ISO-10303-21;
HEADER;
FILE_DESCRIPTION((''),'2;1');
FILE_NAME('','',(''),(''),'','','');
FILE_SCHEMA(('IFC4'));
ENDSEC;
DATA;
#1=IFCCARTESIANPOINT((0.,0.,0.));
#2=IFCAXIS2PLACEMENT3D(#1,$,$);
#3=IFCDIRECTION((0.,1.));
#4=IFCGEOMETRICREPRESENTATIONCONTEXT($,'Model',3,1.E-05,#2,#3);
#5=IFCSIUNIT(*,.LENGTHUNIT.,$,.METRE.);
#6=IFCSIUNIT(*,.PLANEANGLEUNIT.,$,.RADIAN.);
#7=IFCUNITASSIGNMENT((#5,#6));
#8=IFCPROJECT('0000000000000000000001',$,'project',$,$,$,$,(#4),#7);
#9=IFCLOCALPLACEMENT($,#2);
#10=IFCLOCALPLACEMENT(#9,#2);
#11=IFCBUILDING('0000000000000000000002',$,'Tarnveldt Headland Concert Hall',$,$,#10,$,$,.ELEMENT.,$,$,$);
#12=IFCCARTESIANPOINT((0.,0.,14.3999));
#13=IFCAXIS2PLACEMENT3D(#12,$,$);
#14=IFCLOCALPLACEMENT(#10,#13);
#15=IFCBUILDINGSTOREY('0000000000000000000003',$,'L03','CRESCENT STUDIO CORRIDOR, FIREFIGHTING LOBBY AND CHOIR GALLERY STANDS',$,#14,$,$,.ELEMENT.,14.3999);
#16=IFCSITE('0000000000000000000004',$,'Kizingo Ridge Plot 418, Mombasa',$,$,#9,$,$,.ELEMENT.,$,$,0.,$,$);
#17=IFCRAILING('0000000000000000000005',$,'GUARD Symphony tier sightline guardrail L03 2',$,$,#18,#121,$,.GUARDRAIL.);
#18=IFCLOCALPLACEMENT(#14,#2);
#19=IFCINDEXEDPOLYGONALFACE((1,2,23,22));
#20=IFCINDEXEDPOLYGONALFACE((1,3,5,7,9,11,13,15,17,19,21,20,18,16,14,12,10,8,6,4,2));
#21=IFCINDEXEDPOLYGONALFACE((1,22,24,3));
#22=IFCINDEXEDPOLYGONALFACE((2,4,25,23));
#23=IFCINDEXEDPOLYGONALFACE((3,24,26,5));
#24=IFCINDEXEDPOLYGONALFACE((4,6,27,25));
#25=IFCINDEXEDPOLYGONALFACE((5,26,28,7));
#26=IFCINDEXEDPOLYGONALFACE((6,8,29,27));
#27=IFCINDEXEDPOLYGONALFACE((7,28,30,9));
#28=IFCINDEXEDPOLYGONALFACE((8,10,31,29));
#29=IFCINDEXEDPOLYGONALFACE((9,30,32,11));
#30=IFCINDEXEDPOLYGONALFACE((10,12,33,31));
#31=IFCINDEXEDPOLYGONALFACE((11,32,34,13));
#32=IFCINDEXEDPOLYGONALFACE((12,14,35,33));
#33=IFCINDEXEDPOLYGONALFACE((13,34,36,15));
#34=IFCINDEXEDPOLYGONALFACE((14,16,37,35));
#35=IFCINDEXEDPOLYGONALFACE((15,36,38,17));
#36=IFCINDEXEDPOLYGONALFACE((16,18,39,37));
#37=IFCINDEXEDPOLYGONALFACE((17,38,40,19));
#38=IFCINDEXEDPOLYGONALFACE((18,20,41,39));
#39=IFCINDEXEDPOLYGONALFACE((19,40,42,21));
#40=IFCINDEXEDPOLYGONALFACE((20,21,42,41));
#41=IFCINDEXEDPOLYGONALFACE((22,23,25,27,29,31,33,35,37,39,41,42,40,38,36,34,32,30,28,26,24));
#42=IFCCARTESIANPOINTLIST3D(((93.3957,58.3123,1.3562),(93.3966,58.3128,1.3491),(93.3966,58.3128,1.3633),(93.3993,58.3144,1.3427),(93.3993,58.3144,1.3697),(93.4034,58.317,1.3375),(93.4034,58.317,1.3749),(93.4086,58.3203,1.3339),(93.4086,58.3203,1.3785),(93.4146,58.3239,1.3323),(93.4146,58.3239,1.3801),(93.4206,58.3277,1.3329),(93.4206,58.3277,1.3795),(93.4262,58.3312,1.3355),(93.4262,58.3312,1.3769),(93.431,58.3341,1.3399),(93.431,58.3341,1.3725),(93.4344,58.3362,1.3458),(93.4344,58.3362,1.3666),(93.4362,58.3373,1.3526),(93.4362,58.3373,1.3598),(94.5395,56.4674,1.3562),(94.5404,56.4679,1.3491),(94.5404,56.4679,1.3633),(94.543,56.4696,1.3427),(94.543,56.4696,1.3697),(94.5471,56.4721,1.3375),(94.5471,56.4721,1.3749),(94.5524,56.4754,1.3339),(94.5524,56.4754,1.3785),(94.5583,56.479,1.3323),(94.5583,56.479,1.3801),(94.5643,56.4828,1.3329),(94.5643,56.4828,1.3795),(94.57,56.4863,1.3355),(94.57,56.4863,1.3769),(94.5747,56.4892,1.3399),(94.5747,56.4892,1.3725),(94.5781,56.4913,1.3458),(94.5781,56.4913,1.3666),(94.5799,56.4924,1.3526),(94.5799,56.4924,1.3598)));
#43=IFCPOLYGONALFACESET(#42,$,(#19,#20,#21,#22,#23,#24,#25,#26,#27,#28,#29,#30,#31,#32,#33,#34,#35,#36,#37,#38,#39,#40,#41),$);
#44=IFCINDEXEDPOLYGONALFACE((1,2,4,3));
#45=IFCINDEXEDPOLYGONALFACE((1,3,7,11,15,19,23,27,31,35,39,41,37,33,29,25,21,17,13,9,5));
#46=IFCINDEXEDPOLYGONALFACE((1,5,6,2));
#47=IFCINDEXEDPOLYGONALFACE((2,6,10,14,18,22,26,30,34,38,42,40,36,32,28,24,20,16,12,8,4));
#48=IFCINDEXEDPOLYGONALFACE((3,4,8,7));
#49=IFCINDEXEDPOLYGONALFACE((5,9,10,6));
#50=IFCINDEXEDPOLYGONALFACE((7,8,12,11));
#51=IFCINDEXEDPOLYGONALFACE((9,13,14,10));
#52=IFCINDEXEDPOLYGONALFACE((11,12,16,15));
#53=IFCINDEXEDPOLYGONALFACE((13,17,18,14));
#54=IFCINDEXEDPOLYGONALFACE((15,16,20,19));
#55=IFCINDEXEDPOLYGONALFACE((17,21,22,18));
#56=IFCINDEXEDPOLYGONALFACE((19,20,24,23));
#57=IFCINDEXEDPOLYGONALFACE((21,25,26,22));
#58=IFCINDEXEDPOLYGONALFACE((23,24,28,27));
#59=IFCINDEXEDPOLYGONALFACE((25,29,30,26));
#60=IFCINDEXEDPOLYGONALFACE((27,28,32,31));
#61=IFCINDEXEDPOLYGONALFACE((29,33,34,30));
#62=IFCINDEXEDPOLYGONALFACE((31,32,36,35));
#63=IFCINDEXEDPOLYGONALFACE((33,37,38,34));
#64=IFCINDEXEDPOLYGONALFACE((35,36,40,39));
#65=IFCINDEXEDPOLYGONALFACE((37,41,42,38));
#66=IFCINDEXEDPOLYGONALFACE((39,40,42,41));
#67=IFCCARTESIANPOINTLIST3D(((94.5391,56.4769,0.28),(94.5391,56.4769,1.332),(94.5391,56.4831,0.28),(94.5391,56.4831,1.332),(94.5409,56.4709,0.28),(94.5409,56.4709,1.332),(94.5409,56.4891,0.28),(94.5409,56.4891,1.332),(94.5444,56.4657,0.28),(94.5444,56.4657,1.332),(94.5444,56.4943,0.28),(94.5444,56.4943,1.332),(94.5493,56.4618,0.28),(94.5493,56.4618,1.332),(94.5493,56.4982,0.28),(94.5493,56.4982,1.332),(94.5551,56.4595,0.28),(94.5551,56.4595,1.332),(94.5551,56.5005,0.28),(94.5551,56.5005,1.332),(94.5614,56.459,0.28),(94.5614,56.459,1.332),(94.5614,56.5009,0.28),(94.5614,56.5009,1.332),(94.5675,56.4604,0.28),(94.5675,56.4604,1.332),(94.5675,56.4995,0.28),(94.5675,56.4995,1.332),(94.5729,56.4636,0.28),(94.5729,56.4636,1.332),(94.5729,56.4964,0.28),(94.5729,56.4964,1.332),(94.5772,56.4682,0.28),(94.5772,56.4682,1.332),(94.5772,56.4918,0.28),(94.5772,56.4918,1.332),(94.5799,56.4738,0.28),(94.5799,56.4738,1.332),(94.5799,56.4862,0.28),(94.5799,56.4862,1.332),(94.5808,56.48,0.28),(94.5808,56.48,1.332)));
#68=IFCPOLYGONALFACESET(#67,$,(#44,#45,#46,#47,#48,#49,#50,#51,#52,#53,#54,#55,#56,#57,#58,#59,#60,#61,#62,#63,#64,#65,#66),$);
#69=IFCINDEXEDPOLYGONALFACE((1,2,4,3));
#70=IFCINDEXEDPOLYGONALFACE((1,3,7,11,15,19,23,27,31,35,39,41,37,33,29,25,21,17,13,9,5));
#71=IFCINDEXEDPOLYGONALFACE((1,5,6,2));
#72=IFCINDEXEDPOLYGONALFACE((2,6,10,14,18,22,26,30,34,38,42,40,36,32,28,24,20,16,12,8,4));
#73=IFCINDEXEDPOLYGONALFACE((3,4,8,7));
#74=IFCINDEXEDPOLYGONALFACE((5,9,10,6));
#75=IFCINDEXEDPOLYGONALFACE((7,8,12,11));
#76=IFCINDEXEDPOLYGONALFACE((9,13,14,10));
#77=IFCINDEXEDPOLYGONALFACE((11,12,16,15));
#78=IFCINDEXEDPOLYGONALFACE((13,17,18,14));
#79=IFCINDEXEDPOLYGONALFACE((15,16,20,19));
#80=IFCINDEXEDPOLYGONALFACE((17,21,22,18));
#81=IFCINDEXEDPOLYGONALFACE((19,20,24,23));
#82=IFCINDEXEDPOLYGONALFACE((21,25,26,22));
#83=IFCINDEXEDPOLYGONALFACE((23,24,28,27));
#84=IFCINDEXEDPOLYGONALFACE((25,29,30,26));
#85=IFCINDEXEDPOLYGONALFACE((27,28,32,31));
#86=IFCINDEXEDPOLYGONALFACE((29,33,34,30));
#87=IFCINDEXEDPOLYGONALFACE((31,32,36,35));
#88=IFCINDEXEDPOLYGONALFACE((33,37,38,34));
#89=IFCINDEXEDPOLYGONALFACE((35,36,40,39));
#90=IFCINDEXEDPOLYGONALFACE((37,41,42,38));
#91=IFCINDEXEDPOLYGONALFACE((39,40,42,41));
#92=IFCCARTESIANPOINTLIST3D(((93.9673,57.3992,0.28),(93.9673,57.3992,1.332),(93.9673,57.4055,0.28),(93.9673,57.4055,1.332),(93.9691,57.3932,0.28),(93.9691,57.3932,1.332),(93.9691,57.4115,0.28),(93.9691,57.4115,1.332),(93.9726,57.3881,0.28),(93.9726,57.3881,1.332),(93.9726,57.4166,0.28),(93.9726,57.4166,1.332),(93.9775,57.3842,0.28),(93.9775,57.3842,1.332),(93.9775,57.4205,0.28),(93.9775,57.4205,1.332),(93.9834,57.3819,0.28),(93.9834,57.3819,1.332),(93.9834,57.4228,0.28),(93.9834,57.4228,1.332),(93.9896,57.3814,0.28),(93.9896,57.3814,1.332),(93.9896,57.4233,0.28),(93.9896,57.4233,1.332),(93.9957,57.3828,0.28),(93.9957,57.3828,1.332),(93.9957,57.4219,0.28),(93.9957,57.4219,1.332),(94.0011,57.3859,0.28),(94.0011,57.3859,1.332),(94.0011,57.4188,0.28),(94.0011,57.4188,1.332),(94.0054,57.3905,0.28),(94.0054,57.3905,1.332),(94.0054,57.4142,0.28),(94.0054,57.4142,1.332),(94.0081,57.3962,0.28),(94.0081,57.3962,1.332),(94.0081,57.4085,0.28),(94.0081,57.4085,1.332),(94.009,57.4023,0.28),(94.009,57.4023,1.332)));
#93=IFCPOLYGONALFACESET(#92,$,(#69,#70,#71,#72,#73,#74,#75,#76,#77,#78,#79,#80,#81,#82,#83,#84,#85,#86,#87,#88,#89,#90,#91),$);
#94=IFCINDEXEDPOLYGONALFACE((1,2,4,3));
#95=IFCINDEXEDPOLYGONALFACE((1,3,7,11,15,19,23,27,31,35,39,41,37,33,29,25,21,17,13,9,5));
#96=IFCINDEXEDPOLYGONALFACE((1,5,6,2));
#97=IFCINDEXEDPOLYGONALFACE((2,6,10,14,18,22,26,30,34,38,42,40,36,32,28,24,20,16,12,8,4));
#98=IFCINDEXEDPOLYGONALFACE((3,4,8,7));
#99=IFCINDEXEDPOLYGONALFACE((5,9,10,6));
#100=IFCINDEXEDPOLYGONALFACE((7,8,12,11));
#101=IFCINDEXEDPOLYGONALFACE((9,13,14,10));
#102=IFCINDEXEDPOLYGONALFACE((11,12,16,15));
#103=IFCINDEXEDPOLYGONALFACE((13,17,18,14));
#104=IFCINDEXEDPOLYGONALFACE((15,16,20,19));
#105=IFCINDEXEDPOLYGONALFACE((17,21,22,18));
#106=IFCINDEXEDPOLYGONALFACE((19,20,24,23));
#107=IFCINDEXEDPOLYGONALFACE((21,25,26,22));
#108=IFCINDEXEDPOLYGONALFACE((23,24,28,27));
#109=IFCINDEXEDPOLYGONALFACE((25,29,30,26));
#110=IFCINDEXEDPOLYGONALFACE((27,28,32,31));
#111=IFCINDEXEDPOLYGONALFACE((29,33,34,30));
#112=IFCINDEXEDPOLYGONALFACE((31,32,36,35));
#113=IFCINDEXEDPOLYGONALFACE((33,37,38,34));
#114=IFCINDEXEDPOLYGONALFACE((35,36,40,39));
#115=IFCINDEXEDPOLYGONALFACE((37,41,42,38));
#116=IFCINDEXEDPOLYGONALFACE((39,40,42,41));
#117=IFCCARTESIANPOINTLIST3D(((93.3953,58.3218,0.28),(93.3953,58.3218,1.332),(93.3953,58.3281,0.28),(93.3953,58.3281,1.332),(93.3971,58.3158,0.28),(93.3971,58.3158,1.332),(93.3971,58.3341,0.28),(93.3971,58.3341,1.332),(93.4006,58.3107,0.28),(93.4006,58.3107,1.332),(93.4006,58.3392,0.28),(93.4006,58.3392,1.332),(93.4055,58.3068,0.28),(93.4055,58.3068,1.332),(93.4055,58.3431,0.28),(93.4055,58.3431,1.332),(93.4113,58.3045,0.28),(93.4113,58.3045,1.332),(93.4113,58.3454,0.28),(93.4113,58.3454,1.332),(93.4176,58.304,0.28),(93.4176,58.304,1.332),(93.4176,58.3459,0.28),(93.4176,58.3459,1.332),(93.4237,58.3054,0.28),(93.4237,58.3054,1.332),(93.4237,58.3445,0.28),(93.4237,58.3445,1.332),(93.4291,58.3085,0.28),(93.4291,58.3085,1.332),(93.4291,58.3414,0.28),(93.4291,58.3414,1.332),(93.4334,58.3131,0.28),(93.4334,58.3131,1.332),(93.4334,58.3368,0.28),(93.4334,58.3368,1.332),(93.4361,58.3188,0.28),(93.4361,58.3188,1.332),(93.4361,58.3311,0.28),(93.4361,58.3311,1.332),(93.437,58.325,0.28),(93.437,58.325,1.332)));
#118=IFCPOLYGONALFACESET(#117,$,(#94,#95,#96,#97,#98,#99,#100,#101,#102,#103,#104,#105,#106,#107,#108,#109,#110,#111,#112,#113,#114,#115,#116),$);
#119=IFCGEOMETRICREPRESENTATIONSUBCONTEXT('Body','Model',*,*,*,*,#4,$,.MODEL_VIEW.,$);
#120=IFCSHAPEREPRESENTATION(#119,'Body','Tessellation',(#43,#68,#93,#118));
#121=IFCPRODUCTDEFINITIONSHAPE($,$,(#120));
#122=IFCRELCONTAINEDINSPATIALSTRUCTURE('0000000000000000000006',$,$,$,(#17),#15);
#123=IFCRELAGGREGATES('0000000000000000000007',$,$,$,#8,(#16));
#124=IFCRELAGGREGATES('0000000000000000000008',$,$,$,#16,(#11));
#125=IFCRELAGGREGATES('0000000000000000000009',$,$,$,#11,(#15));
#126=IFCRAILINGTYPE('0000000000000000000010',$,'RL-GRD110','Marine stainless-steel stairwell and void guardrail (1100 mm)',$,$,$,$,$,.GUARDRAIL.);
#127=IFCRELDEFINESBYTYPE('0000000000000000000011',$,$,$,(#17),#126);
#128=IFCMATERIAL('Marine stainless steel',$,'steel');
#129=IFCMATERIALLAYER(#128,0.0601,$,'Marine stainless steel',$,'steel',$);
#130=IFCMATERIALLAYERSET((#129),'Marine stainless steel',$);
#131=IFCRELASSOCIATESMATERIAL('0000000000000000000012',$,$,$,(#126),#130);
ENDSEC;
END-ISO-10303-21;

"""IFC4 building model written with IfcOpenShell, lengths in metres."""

from ifc_helpers import new_model, si_unit, direction, frame, origin, origin_2d, place, context, subcontext, project, spatial, circle, extrude, material, layer, layer_set, type_object, element, save


model = new_model("IFC4")

# Units and contexts
model_context = context("Model", 3, precision=1e-05, world=origin(), true_north=direction((0.0, 1.0)))
body_context = subcontext(model_context, "Body", "Model", "MODEL_VIEW")
ifc_project = project(units=[si_unit("LENGTHUNIT", "METRE"), si_unit("PLANEANGLEUNIT", "RADIAN")], contexts=[model_context])

# Site, building, storey
site_placement = place(None, origin())
site = spatial("IfcSite", under=ifc_project, at=site_placement, Name="Kizingo Ridge Plot 418, Mombasa", CompositionType="ELEMENT", RefElevation=0.0)
building_placement = place(site_placement, origin())
building = spatial("IfcBuilding", under=site, at=building_placement, Name="Tarnveldt Headland Concert Hall", CompositionType="ELEMENT")
storey_placement = place(building_placement, frame((0.0, 0.0, 14.3999)))
storey = spatial("IfcBuildingStorey", under=building, at=storey_placement, Name="L03", Description="CRESCENT STUDIO CORRIDOR, FIREFIGHTING LOBBY AND CHOIR GALLERY STANDS", CompositionType="ELEMENT", Elevation=14.3999)

# Railing
ifc_material_1 = material(Name="Marine stainless steel", Category="steel")
ifc_layer_1 = layer(ifc_material_1, 0.0601, Name="Marine stainless steel", Category="steel")
ifc_layer_set_1 = layer_set([ifc_layer_1], Name="Marine stainless steel")
railing_type = type_object("IfcRailingType", Name="RL-GRD110", Description="Marine stainless-steel stairwell and void guardrail (1100 mm)", PredefinedType="GUARDRAIL", material=ifc_layer_set_1)
railing_1_placement = place(storey_placement, frame((94.5598, 56.48, 0.28)))
element("IfcRailing", 1, at=railing_1_placement, inside=storey, type_object=railing_type, Name="GUARD Symphony tier sightline guardrail L03 2", PredefinedType="GUARDRAIL", context=body_context, shape_type="SweptSolid", body=[
    extrude(circle(Radius=0.0239, at=origin_2d()), frame((0.0, 0.0, 1.0762), z_axis=(-0.526912, 0.84992, 0.0), x_axis=(-0.84992, -0.526912, 0.0)), (0.0, 0.0, 1.0), 2.1707),
    extrude(circle(Radius=0.021, at=origin_2d()), origin(), (0.0, 0.0, 1.0), 1.052),
    extrude(circle(Radius=0.021, at=origin_2d()), frame((-0.5718, 0.9224, 0.0)), (0.0, 0.0, 1.0), 1.052),
    extrude(circle(Radius=0.021, at=origin_2d()), frame((-1.1438, 1.845, 0.0)), (0.0, 0.0, 1.0), 1.052),
])

save(model, "model.ifc")
